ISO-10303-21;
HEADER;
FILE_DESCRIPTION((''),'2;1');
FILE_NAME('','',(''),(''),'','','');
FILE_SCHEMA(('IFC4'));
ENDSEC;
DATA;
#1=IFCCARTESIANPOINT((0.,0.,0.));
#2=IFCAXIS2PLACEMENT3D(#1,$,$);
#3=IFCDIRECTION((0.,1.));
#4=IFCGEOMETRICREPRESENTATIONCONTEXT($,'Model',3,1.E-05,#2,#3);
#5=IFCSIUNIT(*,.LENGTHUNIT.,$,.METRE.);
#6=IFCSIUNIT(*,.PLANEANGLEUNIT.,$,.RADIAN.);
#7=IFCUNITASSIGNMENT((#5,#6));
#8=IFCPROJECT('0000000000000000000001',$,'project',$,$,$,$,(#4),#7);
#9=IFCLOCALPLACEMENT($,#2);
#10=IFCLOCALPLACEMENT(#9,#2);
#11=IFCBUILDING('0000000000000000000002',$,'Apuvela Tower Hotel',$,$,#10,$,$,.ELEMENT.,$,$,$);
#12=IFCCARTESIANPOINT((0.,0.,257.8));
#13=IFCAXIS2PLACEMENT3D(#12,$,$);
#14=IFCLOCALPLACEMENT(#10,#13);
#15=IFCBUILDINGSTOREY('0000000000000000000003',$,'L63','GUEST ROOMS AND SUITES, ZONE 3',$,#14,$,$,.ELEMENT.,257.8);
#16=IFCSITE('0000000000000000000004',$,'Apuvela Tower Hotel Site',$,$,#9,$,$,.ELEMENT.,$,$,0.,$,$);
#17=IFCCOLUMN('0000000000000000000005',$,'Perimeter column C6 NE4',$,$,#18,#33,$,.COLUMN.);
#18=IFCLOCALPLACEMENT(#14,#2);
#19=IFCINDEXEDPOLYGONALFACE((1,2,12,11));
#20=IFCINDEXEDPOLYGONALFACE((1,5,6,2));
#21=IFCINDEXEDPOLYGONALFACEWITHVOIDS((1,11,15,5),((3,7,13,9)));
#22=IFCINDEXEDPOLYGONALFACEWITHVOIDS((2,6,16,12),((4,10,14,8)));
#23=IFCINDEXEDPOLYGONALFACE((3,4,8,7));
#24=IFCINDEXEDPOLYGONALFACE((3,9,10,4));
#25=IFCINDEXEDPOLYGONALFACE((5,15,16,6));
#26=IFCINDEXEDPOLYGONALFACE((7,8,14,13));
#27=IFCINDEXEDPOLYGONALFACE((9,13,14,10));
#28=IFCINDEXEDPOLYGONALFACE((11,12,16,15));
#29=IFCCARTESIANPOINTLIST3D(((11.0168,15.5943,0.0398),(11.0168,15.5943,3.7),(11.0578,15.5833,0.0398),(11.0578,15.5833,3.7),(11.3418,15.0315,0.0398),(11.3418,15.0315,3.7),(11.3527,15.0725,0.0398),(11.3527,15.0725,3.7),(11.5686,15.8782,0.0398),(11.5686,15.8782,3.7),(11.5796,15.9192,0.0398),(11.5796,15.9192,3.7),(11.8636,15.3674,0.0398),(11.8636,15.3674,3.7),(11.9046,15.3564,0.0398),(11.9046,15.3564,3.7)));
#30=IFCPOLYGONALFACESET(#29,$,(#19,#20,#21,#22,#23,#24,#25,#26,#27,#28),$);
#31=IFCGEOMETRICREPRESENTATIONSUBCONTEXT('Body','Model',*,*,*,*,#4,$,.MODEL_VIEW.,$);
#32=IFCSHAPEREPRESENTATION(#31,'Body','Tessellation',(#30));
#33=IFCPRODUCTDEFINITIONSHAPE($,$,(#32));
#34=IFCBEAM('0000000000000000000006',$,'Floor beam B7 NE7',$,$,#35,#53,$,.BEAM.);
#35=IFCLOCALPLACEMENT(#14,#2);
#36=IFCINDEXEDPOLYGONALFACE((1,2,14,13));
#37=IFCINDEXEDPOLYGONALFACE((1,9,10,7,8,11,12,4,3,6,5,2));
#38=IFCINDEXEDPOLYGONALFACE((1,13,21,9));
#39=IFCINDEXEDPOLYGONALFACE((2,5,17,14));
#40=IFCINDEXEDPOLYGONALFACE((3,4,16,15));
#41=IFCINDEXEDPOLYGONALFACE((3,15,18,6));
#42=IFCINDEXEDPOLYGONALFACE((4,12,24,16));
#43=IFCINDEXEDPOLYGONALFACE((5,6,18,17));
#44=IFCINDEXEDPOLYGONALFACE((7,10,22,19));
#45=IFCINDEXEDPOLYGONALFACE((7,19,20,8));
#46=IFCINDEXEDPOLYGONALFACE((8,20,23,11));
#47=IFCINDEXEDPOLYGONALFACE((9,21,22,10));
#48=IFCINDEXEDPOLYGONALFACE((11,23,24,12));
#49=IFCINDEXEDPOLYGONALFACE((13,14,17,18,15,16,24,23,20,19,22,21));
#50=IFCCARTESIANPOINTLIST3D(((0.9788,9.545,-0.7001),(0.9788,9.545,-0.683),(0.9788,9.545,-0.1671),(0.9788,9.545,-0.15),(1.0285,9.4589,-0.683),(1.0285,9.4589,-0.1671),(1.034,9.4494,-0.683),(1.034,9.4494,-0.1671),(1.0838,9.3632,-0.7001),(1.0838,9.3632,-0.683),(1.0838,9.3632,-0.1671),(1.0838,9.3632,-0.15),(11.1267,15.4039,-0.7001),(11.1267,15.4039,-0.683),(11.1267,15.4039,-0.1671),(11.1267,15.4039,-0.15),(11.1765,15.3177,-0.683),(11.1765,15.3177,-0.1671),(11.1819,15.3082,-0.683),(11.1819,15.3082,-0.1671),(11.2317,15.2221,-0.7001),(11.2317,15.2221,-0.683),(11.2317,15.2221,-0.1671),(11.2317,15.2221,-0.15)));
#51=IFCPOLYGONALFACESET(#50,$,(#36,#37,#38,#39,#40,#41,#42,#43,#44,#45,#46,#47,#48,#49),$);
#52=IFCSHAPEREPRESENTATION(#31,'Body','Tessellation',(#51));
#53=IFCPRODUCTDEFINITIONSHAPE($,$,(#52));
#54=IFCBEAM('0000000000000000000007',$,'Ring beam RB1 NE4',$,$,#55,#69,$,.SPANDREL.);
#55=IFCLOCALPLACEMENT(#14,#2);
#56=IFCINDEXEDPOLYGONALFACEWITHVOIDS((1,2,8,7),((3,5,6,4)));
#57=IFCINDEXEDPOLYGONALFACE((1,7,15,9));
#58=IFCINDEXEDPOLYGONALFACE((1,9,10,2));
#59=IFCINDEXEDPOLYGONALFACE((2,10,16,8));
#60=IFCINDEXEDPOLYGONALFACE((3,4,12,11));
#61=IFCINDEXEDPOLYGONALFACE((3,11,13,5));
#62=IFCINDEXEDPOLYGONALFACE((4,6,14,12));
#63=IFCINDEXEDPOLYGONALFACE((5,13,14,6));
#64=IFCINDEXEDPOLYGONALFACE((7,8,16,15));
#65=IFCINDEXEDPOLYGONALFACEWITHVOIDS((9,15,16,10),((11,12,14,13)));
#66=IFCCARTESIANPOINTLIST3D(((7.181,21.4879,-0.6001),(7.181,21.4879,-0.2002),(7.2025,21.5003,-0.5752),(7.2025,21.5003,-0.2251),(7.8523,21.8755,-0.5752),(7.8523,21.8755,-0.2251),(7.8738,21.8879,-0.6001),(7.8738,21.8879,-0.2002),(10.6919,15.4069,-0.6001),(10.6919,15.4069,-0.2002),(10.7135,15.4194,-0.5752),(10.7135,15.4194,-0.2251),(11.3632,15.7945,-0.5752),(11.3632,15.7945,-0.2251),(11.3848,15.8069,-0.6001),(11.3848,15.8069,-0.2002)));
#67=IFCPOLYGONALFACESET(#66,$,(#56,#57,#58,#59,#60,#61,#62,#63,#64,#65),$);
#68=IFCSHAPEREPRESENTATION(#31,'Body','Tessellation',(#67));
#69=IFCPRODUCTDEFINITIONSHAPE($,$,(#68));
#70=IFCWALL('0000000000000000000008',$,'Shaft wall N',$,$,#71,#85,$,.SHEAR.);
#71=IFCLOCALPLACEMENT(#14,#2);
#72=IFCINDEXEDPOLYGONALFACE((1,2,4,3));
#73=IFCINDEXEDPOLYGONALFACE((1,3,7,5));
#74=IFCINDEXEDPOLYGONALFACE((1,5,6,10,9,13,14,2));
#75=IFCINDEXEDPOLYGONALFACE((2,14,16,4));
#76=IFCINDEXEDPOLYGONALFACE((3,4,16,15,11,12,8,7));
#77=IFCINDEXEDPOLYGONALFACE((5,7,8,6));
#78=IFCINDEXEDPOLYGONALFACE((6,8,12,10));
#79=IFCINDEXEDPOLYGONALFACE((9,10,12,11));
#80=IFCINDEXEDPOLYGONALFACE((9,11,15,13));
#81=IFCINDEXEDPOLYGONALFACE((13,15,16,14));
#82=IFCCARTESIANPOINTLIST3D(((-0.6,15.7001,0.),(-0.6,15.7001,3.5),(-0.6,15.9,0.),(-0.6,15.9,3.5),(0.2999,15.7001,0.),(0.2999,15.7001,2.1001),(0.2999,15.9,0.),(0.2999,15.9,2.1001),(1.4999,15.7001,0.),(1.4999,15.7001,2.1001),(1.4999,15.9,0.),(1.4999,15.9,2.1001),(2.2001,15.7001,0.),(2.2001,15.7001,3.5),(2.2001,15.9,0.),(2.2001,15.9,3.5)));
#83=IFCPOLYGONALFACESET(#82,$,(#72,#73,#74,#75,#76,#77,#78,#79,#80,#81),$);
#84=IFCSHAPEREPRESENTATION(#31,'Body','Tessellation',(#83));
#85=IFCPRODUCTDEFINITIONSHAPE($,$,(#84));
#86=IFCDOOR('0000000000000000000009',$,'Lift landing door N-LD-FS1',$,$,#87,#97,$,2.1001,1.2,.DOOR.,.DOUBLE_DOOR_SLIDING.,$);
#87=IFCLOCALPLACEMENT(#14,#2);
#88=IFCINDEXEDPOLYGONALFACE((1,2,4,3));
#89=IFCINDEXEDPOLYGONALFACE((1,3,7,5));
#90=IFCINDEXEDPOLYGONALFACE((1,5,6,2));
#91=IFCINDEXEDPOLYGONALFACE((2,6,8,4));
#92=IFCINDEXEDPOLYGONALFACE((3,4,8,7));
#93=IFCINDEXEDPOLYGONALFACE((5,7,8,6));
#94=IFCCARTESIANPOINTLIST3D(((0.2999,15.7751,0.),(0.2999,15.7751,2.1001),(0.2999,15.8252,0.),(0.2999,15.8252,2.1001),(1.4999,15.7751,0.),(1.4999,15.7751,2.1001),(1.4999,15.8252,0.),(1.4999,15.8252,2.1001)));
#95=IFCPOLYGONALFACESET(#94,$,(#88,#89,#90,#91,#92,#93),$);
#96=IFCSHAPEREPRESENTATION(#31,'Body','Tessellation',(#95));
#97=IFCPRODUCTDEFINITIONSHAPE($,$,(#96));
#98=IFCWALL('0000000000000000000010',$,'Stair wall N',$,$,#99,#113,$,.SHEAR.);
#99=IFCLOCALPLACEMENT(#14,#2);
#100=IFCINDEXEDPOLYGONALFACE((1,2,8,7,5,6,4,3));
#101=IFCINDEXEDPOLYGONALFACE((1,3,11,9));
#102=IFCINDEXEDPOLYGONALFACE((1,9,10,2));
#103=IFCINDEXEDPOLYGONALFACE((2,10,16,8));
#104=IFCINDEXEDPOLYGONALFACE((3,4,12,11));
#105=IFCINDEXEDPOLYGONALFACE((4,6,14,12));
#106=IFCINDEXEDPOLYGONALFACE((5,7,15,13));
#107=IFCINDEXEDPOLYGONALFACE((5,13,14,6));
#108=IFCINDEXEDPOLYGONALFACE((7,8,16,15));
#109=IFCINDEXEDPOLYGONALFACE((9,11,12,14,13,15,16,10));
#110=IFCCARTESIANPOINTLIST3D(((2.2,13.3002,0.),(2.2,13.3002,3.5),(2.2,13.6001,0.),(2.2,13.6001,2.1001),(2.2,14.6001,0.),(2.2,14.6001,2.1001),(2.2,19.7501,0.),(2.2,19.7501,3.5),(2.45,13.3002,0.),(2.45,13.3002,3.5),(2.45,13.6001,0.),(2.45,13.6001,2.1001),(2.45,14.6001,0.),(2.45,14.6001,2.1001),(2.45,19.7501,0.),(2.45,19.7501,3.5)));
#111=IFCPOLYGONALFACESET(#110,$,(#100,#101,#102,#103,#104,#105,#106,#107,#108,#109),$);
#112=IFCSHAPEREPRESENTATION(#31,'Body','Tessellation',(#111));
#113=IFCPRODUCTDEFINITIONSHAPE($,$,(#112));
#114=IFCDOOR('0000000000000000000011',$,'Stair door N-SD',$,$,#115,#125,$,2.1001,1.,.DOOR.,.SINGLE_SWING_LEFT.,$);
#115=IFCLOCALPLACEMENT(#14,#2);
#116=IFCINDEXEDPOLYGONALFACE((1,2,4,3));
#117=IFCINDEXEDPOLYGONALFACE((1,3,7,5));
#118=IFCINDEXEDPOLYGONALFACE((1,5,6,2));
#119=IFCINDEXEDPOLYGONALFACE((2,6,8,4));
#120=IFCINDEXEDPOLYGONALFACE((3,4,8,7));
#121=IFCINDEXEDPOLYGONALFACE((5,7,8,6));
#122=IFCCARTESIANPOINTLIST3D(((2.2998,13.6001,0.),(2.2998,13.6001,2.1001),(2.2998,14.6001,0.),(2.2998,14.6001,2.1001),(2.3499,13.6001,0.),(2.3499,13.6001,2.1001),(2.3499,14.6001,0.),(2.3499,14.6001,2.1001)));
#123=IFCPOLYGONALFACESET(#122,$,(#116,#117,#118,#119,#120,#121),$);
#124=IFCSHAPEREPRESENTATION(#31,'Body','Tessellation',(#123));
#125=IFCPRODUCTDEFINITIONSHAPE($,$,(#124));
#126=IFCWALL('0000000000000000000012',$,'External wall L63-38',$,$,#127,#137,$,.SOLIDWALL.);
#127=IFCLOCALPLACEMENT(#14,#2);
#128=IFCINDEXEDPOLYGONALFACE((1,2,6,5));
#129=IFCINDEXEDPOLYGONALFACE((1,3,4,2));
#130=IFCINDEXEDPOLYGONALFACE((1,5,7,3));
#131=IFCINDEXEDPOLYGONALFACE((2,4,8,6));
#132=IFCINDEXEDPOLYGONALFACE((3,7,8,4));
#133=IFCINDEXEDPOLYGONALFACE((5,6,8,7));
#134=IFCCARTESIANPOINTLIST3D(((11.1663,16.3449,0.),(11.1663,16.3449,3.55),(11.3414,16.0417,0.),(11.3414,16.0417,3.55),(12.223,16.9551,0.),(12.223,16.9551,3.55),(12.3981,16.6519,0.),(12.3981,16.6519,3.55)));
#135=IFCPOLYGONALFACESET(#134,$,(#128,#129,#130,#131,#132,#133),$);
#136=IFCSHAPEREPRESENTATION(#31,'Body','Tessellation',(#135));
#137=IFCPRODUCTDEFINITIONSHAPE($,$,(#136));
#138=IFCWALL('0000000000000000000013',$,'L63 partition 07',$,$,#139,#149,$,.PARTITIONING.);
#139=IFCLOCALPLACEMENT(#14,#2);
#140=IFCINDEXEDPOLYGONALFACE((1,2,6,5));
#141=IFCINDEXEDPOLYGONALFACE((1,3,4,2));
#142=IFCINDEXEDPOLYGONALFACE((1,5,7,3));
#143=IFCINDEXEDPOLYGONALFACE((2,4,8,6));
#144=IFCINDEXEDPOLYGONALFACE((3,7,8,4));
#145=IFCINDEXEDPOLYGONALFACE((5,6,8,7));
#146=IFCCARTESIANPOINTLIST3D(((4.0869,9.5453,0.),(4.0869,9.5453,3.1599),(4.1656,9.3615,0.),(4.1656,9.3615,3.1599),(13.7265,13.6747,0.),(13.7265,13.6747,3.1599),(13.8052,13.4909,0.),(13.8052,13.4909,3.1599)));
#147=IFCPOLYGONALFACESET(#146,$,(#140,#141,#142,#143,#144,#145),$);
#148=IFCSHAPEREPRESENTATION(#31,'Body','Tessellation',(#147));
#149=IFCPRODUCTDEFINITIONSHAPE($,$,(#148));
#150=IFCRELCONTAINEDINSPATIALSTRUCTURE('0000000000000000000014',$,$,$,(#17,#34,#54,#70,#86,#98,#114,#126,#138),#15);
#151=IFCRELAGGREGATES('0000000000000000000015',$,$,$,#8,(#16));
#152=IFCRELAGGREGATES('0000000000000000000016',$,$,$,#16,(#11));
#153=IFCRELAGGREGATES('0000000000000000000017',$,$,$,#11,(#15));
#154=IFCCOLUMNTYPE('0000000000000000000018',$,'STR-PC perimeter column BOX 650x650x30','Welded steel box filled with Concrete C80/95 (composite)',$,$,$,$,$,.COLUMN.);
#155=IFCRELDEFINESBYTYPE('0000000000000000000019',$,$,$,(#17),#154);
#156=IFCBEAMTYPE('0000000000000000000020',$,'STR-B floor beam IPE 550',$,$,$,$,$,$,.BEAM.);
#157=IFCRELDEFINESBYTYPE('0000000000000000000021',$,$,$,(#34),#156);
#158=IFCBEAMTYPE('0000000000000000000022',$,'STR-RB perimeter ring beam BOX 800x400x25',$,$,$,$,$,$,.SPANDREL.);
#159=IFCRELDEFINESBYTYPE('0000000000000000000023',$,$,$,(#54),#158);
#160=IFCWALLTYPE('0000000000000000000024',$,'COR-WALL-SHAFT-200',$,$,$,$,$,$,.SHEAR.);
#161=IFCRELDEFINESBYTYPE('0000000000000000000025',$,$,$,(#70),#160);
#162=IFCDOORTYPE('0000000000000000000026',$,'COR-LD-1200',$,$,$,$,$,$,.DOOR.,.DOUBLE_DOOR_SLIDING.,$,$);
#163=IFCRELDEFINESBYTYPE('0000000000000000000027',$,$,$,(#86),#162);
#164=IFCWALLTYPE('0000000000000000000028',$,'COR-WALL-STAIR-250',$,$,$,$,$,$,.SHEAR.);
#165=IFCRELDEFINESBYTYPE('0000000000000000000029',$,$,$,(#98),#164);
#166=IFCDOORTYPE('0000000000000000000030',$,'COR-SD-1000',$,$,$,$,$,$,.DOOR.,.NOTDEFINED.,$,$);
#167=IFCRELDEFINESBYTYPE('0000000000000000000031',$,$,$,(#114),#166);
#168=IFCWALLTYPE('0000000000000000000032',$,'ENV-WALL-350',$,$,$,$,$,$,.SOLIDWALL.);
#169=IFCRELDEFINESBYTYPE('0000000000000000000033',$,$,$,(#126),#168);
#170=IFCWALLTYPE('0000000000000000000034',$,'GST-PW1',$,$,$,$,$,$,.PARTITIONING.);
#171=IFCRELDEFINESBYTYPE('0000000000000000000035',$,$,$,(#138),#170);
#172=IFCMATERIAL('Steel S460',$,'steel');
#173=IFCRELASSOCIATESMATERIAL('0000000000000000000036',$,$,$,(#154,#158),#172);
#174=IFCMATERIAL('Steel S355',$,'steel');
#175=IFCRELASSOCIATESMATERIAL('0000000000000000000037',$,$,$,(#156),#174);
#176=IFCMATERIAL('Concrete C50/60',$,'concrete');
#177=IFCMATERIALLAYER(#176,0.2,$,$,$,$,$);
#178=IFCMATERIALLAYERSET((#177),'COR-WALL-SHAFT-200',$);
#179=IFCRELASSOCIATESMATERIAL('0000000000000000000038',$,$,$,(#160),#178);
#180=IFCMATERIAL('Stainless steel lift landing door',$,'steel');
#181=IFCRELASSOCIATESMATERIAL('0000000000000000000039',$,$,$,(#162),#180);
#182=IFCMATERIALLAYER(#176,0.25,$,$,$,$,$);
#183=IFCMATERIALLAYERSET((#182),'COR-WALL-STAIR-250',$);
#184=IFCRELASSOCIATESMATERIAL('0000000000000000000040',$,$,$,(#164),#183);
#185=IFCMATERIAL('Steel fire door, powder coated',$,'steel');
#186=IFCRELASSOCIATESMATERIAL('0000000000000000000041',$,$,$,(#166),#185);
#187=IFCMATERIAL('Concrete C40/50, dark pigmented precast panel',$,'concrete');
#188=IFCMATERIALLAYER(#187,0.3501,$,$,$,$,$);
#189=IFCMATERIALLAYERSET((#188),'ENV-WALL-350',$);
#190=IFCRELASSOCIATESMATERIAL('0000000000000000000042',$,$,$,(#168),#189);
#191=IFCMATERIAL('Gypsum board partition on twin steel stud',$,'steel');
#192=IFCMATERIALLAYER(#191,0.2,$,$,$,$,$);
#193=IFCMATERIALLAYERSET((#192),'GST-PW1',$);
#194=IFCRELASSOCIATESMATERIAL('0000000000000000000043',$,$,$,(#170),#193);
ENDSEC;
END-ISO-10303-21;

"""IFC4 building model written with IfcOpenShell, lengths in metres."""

from ifc_helpers import new_model, si_unit, direction, frame, frame_2d, origin, origin_2d, place, context, subcontext, project, spatial, rectangle, hollow_rectangle, i_section, extrude, boolean, halfspace, material, layer, layer_set, material_profile, profile_set, type_object, element, fill, save


model = new_model("IFC4")

# Units and contexts
model_context = context("Model", 3, precision=1e-05, world=origin(), true_north=direction((0.0, 1.0)))
body_context = subcontext(model_context, "Body", "Model", "MODEL_VIEW")
ifc_project = project(units=[si_unit("LENGTHUNIT", "METRE"), si_unit("PLANEANGLEUNIT", "RADIAN")], contexts=[model_context])

# Site, building, storey
site_placement = place(None, origin())
site = spatial("IfcSite", under=ifc_project, at=site_placement, Name="Apuvela Tower Hotel Site", CompositionType="ELEMENT", RefElevation=0.0)
building_placement = place(site_placement, origin())
building = spatial("IfcBuilding", under=site, at=building_placement, Name="Apuvela Tower Hotel", CompositionType="ELEMENT")
storey_placement = place(building_placement, frame((0.0, 0.0, 257.8)))
storey = spatial("IfcBuildingStorey", under=building, at=storey_placement, Name="L63", Description="GUEST ROOMS AND SUITES, ZONE 3", CompositionType="ELEMENT", Elevation=257.8)

# Column
ifc_material_1 = material(Name="Steel S460", Category="steel")
ifc_material_profile_1 = material_profile(ifc_material_1, hollow_rectangle(XDim=0.6499, YDim=0.6499, WallThickness=0.03, at=origin_2d()), Name="BOX 650x650x30")
ifc_material_2 = material(Name="Concrete C80/95", Category="concrete")
ifc_material_profile_2 = material_profile(ifc_material_2, rectangle(XDim=0.5901, YDim=0.5901, at=origin_2d()), Name="Concrete C80/95 infill")
ifc_profile_set_1 = profile_set([ifc_material_profile_1, ifc_material_profile_2], Name="Steel S460")
column_type = type_object("IfcColumnType", Name="STR-PC perimeter column BOX 650x650x30", Description="Welded steel box filled with Concrete C80/95 (composite)", PredefinedType="COLUMN", material=ifc_profile_set_1)
column_placement = place(storey_placement, frame((11.4607, 15.4753, 0.0), z_axis=(0.0, 0.0, 1.0), x_axis=(-0.5, 0.866025, 0.0)))
element("IfcColumn", 1, at=column_placement, inside=storey, type_object=column_type, Name="Perimeter column C6 NE4", PredefinedType="COLUMN", context=body_context, shape_type="SweptSolid", body=[
    boolean("DIFFERENCE", extrude(hollow_rectangle(XDim=0.6499, YDim=0.6499, WallThickness=0.03, at=origin_2d()), origin(), (0.0, 0.0, 1.0), 3.7), halfspace(frame((0.0, 0.0, 0.0398), z_axis=(0.0, 0.0, 1.0), x_axis=(1.0, 0.0, 0.0)), True)),
])

# Beams
ifc_material_3 = material(Name="Steel S355", Category="steel")
ifc_material_profile_3 = material_profile(ifc_material_3, i_section(OverallWidth=0.21, OverallDepth=0.55, WebThickness=0.011, FlangeThickness=0.0171, at=origin_2d()), Name="IPE 550")
ifc_profile_set_2 = profile_set([ifc_material_profile_3], Name="Steel S355")
beam_type_1 = type_object("IfcBeamType", Name="STR-B floor beam IPE 550", PredefinedType="BEAM", material=ifc_profile_set_2)
beam_1_placement = place(storey_placement, frame((11.1792, 15.313, -0.425), z_axis=(-0.866027, -0.499998, 0.0), x_axis=(0.499998, -0.866027, 0.0)))
element("IfcBeam", 2, at=beam_1_placement, inside=storey, type_object=beam_type_1, Name="Floor beam B7 NE7", PredefinedType="BEAM", context=body_context, shape_type="SweptSolid", body=[
    extrude(i_section(OverallWidth=0.21, OverallDepth=0.55, WebThickness=0.011, FlangeThickness=0.0171, at=origin_2d()), origin(), (0.0, 0.0, 1.0), 11.7178),
])
ifc_material_profile_4 = material_profile(ifc_material_1, hollow_rectangle(XDim=0.8, YDim=0.3999, WallThickness=0.0249, at=origin_2d()), Name="BOX 800x400x25")
ifc_profile_set_3 = profile_set([ifc_material_profile_4], Name="Steel S460")
beam_type_2 = type_object("IfcBeamType", Name="STR-RB perimeter ring beam BOX 800x400x25", PredefinedType="SPANDREL", material=ifc_profile_set_3)
beam_2_placement = place(storey_placement, frame((11.0383, 15.6069, -0.4001), z_axis=(-0.500009, 0.86602, 0.0), x_axis=(-0.86602, -0.500009, 0.0)))
element("IfcBeam", 3, at=beam_2_placement, inside=storey, type_object=beam_type_2, Name="Ring beam RB1 NE4", PredefinedType="SPANDREL", context=body_context, shape_type="SweptSolid", body=[
    extrude(hollow_rectangle(XDim=0.8, YDim=0.3999, WallThickness=0.0249, at=origin_2d()), origin(), (0.0, 0.0, 1.0), 7.0217),
])

# Walls, openings, doors
ifc_material_4 = material(Name="Concrete C50/60", Category="concrete")
ifc_layer_1 = layer(ifc_material_4, 0.2)
ifc_layer_set_1 = layer_set([ifc_layer_1], Name="COR-WALL-SHAFT-200")
wall_type_1 = type_object("IfcWallType", Name="COR-WALL-SHAFT-200", PredefinedType="SHEAR", material=ifc_layer_set_1)
wall_1_placement = place(storey_placement, frame((2.2, 15.8, 0.0), z_axis=(0.0, 0.0, 1.0), x_axis=(-1.0, 0.0, 0.0)))
wall_1 = element("IfcWall", 4, at=wall_1_placement, inside=storey, type_object=wall_type_1, Name="Shaft wall N", PredefinedType="SHEAR", context=body_context, shape_type="SweptSolid", body=[
    extrude(rectangle(XDim=2.8, YDim=0.2, at=frame_2d((1.3999, 0.0))), origin(), (0.0, 0.0, 1.0), 3.5),
])
opening_1_placement = place(wall_1_placement, frame((0.7, 0.0, 0.0)))
opening_1 = element("IfcOpeningElement", 5, at=opening_1_placement, cuts=wall_1, PredefinedType="OPENING", context=body_context, shape_type="SweptSolid", body=[
    extrude(rectangle(XDim=1.2, YDim=2.1001, at=frame_2d((0.6001, 1.05))), frame((0.0, 0.1099, 0.0), z_axis=(0.0, -1.0, 0.0), x_axis=(1.0, 0.0, 0.0)), (0.0, 0.0, 1.0), 0.22),
])
ifc_material_5 = material(Name="Stainless steel lift landing door", Category="steel")
door_type_1 = type_object("IfcDoorType", Name="COR-LD-1200", OperationType="DOUBLE_DOOR_SLIDING", PredefinedType="DOOR", material=ifc_material_5)
door_1_placement = place(opening_1_placement, origin())
door_1 = element("IfcDoor", 6, at=door_1_placement, inside=storey, type_object=door_type_1, Name="Lift landing door N-LD-FS1", OperationType="DOUBLE_DOOR_SLIDING", OverallHeight=2.1001, OverallWidth=1.2, PredefinedType="DOOR", context=body_context, shape_type="SweptSolid", body=[
    extrude(rectangle(XDim=1.2, YDim=2.1001, at=frame_2d((0.6001, 1.05))), frame((0.0, 0.0249, 0.0), z_axis=(0.0, -1.0, 0.0), x_axis=(1.0, 0.0, 0.0)), (0.0, 0.0, 1.0), 0.05),
])
fill(opening_1, door_1)
ifc_layer_2 = layer(ifc_material_4, 0.25)
ifc_layer_set_2 = layer_set([ifc_layer_2], Name="COR-WALL-STAIR-250")
wall_type_2 = type_object("IfcWallType", Name="COR-WALL-STAIR-250", PredefinedType="SHEAR", material=ifc_layer_set_2)
wall_2_placement = place(storey_placement, frame((2.325, 13.3, 0.0), z_axis=(0.0, 0.0, 1.0), x_axis=(0.0, 1.0, 0.0)))
wall_2 = element("IfcWall", 7, at=wall_2_placement, inside=storey, type_object=wall_type_2, Name="Stair wall N", PredefinedType="SHEAR", context=body_context, shape_type="SweptSolid", body=[
    extrude(rectangle(XDim=6.45, YDim=0.25, at=frame_2d((3.2251, 0.0))), origin(), (0.0, 0.0, 1.0), 3.5),
])
opening_2_placement = place(wall_2_placement, frame((0.3, 0.0, 0.0)))
opening_2 = element("IfcOpeningElement", 8, at=opening_2_placement, cuts=wall_2, PredefinedType="OPENING", context=body_context, shape_type="SweptSolid", body=[
    extrude(rectangle(XDim=1.0, YDim=2.1001, at=frame_2d((0.5, 1.05))), frame((0.0, 0.135, 0.0), z_axis=(0.0, -1.0, 0.0), x_axis=(1.0, 0.0, 0.0)), (0.0, 0.0, 1.0), 0.27),
])
ifc_material_6 = material(Name="Steel fire door, powder coated", Category="steel")
door_type_2 = type_object("IfcDoorType", Name="COR-SD-1000", OperationType="NOTDEFINED", PredefinedType="DOOR", material=ifc_material_6)
door_2_placement = place(opening_2_placement, frame((1.0, 0.0, 0.0), z_axis=(0.0, 0.0, 1.0), x_axis=(-1.0, 0.0, 0.0)))
door_2 = element("IfcDoor", 9, at=door_2_placement, inside=storey, type_object=door_type_2, Name="Stair door N-SD", OperationType="SINGLE_SWING_LEFT", OverallHeight=2.1001, OverallWidth=1.0, PredefinedType="DOOR", context=body_context, shape_type="SweptSolid", body=[
    extrude(rectangle(XDim=1.0, YDim=2.1001, at=frame_2d((0.5, 1.05))), frame((0.0, 0.0249, 0.0), z_axis=(0.0, -1.0, 0.0), x_axis=(1.0, 0.0, 0.0)), (0.0, 0.0, 1.0), 0.05),
])
fill(opening_2, door_2)

# Wall
ifc_material_7 = material(Name="Concrete C40/50, dark pigmented precast panel", Category="concrete")
ifc_layer_3 = layer(ifc_material_7, 0.3501)
ifc_layer_set_3 = layer_set([ifc_layer_3], Name="ENV-WALL-350")
wall_type_3 = type_object("IfcWallType", Name="ENV-WALL-350", PredefinedType="SOLIDWALL", material=ifc_layer_set_3)
wall_3_placement = place(storey_placement, frame((12.3105, 16.8035, 0.0), z_axis=(0.0, 0.0, 1.0), x_axis=(-0.866006, -0.500034, 0.0)))
element("IfcWall", 10, at=wall_3_placement, inside=storey, type_object=wall_type_3, Name="External wall L63-38", PredefinedType="SOLIDWALL", context=body_context, shape_type="SweptSolid", body=[
    extrude(rectangle(XDim=1.2202, YDim=0.3501, at=frame_2d((0.6101, 0.0))), origin(), (0.0, 0.0, 1.0), 3.55),
])

# Wall
ifc_material_8 = material(Name="Gypsum board partition on twin steel stud", Category="steel")
ifc_layer_4 = layer(ifc_material_8, 0.2)
ifc_layer_set_4 = layer_set([ifc_layer_4], Name="GST-PW1")
wall_type_4 = type_object("IfcWallType", Name="GST-PW1", PredefinedType="PARTITIONING", material=ifc_layer_set_4)
wall_4_placement = place(storey_placement, frame((13.7659, 13.5828, 0.0), z_axis=(0.0, 0.0, 1.0), x_axis=(-0.91921, -0.393768, 0.0)))
element("IfcWall", 11, at=wall_4_placement, inside=storey, type_object=wall_type_4, Name="L63 partition 07", PredefinedType="PARTITIONING", context=body_context, shape_type="SweptSolid", body=[
    extrude(rectangle(XDim=10.4868, YDim=0.2, at=frame_2d((5.2434, 0.0))), origin(), (0.0, 0.0, 1.0), 3.1599),
])

save(model, "model.ifc")
